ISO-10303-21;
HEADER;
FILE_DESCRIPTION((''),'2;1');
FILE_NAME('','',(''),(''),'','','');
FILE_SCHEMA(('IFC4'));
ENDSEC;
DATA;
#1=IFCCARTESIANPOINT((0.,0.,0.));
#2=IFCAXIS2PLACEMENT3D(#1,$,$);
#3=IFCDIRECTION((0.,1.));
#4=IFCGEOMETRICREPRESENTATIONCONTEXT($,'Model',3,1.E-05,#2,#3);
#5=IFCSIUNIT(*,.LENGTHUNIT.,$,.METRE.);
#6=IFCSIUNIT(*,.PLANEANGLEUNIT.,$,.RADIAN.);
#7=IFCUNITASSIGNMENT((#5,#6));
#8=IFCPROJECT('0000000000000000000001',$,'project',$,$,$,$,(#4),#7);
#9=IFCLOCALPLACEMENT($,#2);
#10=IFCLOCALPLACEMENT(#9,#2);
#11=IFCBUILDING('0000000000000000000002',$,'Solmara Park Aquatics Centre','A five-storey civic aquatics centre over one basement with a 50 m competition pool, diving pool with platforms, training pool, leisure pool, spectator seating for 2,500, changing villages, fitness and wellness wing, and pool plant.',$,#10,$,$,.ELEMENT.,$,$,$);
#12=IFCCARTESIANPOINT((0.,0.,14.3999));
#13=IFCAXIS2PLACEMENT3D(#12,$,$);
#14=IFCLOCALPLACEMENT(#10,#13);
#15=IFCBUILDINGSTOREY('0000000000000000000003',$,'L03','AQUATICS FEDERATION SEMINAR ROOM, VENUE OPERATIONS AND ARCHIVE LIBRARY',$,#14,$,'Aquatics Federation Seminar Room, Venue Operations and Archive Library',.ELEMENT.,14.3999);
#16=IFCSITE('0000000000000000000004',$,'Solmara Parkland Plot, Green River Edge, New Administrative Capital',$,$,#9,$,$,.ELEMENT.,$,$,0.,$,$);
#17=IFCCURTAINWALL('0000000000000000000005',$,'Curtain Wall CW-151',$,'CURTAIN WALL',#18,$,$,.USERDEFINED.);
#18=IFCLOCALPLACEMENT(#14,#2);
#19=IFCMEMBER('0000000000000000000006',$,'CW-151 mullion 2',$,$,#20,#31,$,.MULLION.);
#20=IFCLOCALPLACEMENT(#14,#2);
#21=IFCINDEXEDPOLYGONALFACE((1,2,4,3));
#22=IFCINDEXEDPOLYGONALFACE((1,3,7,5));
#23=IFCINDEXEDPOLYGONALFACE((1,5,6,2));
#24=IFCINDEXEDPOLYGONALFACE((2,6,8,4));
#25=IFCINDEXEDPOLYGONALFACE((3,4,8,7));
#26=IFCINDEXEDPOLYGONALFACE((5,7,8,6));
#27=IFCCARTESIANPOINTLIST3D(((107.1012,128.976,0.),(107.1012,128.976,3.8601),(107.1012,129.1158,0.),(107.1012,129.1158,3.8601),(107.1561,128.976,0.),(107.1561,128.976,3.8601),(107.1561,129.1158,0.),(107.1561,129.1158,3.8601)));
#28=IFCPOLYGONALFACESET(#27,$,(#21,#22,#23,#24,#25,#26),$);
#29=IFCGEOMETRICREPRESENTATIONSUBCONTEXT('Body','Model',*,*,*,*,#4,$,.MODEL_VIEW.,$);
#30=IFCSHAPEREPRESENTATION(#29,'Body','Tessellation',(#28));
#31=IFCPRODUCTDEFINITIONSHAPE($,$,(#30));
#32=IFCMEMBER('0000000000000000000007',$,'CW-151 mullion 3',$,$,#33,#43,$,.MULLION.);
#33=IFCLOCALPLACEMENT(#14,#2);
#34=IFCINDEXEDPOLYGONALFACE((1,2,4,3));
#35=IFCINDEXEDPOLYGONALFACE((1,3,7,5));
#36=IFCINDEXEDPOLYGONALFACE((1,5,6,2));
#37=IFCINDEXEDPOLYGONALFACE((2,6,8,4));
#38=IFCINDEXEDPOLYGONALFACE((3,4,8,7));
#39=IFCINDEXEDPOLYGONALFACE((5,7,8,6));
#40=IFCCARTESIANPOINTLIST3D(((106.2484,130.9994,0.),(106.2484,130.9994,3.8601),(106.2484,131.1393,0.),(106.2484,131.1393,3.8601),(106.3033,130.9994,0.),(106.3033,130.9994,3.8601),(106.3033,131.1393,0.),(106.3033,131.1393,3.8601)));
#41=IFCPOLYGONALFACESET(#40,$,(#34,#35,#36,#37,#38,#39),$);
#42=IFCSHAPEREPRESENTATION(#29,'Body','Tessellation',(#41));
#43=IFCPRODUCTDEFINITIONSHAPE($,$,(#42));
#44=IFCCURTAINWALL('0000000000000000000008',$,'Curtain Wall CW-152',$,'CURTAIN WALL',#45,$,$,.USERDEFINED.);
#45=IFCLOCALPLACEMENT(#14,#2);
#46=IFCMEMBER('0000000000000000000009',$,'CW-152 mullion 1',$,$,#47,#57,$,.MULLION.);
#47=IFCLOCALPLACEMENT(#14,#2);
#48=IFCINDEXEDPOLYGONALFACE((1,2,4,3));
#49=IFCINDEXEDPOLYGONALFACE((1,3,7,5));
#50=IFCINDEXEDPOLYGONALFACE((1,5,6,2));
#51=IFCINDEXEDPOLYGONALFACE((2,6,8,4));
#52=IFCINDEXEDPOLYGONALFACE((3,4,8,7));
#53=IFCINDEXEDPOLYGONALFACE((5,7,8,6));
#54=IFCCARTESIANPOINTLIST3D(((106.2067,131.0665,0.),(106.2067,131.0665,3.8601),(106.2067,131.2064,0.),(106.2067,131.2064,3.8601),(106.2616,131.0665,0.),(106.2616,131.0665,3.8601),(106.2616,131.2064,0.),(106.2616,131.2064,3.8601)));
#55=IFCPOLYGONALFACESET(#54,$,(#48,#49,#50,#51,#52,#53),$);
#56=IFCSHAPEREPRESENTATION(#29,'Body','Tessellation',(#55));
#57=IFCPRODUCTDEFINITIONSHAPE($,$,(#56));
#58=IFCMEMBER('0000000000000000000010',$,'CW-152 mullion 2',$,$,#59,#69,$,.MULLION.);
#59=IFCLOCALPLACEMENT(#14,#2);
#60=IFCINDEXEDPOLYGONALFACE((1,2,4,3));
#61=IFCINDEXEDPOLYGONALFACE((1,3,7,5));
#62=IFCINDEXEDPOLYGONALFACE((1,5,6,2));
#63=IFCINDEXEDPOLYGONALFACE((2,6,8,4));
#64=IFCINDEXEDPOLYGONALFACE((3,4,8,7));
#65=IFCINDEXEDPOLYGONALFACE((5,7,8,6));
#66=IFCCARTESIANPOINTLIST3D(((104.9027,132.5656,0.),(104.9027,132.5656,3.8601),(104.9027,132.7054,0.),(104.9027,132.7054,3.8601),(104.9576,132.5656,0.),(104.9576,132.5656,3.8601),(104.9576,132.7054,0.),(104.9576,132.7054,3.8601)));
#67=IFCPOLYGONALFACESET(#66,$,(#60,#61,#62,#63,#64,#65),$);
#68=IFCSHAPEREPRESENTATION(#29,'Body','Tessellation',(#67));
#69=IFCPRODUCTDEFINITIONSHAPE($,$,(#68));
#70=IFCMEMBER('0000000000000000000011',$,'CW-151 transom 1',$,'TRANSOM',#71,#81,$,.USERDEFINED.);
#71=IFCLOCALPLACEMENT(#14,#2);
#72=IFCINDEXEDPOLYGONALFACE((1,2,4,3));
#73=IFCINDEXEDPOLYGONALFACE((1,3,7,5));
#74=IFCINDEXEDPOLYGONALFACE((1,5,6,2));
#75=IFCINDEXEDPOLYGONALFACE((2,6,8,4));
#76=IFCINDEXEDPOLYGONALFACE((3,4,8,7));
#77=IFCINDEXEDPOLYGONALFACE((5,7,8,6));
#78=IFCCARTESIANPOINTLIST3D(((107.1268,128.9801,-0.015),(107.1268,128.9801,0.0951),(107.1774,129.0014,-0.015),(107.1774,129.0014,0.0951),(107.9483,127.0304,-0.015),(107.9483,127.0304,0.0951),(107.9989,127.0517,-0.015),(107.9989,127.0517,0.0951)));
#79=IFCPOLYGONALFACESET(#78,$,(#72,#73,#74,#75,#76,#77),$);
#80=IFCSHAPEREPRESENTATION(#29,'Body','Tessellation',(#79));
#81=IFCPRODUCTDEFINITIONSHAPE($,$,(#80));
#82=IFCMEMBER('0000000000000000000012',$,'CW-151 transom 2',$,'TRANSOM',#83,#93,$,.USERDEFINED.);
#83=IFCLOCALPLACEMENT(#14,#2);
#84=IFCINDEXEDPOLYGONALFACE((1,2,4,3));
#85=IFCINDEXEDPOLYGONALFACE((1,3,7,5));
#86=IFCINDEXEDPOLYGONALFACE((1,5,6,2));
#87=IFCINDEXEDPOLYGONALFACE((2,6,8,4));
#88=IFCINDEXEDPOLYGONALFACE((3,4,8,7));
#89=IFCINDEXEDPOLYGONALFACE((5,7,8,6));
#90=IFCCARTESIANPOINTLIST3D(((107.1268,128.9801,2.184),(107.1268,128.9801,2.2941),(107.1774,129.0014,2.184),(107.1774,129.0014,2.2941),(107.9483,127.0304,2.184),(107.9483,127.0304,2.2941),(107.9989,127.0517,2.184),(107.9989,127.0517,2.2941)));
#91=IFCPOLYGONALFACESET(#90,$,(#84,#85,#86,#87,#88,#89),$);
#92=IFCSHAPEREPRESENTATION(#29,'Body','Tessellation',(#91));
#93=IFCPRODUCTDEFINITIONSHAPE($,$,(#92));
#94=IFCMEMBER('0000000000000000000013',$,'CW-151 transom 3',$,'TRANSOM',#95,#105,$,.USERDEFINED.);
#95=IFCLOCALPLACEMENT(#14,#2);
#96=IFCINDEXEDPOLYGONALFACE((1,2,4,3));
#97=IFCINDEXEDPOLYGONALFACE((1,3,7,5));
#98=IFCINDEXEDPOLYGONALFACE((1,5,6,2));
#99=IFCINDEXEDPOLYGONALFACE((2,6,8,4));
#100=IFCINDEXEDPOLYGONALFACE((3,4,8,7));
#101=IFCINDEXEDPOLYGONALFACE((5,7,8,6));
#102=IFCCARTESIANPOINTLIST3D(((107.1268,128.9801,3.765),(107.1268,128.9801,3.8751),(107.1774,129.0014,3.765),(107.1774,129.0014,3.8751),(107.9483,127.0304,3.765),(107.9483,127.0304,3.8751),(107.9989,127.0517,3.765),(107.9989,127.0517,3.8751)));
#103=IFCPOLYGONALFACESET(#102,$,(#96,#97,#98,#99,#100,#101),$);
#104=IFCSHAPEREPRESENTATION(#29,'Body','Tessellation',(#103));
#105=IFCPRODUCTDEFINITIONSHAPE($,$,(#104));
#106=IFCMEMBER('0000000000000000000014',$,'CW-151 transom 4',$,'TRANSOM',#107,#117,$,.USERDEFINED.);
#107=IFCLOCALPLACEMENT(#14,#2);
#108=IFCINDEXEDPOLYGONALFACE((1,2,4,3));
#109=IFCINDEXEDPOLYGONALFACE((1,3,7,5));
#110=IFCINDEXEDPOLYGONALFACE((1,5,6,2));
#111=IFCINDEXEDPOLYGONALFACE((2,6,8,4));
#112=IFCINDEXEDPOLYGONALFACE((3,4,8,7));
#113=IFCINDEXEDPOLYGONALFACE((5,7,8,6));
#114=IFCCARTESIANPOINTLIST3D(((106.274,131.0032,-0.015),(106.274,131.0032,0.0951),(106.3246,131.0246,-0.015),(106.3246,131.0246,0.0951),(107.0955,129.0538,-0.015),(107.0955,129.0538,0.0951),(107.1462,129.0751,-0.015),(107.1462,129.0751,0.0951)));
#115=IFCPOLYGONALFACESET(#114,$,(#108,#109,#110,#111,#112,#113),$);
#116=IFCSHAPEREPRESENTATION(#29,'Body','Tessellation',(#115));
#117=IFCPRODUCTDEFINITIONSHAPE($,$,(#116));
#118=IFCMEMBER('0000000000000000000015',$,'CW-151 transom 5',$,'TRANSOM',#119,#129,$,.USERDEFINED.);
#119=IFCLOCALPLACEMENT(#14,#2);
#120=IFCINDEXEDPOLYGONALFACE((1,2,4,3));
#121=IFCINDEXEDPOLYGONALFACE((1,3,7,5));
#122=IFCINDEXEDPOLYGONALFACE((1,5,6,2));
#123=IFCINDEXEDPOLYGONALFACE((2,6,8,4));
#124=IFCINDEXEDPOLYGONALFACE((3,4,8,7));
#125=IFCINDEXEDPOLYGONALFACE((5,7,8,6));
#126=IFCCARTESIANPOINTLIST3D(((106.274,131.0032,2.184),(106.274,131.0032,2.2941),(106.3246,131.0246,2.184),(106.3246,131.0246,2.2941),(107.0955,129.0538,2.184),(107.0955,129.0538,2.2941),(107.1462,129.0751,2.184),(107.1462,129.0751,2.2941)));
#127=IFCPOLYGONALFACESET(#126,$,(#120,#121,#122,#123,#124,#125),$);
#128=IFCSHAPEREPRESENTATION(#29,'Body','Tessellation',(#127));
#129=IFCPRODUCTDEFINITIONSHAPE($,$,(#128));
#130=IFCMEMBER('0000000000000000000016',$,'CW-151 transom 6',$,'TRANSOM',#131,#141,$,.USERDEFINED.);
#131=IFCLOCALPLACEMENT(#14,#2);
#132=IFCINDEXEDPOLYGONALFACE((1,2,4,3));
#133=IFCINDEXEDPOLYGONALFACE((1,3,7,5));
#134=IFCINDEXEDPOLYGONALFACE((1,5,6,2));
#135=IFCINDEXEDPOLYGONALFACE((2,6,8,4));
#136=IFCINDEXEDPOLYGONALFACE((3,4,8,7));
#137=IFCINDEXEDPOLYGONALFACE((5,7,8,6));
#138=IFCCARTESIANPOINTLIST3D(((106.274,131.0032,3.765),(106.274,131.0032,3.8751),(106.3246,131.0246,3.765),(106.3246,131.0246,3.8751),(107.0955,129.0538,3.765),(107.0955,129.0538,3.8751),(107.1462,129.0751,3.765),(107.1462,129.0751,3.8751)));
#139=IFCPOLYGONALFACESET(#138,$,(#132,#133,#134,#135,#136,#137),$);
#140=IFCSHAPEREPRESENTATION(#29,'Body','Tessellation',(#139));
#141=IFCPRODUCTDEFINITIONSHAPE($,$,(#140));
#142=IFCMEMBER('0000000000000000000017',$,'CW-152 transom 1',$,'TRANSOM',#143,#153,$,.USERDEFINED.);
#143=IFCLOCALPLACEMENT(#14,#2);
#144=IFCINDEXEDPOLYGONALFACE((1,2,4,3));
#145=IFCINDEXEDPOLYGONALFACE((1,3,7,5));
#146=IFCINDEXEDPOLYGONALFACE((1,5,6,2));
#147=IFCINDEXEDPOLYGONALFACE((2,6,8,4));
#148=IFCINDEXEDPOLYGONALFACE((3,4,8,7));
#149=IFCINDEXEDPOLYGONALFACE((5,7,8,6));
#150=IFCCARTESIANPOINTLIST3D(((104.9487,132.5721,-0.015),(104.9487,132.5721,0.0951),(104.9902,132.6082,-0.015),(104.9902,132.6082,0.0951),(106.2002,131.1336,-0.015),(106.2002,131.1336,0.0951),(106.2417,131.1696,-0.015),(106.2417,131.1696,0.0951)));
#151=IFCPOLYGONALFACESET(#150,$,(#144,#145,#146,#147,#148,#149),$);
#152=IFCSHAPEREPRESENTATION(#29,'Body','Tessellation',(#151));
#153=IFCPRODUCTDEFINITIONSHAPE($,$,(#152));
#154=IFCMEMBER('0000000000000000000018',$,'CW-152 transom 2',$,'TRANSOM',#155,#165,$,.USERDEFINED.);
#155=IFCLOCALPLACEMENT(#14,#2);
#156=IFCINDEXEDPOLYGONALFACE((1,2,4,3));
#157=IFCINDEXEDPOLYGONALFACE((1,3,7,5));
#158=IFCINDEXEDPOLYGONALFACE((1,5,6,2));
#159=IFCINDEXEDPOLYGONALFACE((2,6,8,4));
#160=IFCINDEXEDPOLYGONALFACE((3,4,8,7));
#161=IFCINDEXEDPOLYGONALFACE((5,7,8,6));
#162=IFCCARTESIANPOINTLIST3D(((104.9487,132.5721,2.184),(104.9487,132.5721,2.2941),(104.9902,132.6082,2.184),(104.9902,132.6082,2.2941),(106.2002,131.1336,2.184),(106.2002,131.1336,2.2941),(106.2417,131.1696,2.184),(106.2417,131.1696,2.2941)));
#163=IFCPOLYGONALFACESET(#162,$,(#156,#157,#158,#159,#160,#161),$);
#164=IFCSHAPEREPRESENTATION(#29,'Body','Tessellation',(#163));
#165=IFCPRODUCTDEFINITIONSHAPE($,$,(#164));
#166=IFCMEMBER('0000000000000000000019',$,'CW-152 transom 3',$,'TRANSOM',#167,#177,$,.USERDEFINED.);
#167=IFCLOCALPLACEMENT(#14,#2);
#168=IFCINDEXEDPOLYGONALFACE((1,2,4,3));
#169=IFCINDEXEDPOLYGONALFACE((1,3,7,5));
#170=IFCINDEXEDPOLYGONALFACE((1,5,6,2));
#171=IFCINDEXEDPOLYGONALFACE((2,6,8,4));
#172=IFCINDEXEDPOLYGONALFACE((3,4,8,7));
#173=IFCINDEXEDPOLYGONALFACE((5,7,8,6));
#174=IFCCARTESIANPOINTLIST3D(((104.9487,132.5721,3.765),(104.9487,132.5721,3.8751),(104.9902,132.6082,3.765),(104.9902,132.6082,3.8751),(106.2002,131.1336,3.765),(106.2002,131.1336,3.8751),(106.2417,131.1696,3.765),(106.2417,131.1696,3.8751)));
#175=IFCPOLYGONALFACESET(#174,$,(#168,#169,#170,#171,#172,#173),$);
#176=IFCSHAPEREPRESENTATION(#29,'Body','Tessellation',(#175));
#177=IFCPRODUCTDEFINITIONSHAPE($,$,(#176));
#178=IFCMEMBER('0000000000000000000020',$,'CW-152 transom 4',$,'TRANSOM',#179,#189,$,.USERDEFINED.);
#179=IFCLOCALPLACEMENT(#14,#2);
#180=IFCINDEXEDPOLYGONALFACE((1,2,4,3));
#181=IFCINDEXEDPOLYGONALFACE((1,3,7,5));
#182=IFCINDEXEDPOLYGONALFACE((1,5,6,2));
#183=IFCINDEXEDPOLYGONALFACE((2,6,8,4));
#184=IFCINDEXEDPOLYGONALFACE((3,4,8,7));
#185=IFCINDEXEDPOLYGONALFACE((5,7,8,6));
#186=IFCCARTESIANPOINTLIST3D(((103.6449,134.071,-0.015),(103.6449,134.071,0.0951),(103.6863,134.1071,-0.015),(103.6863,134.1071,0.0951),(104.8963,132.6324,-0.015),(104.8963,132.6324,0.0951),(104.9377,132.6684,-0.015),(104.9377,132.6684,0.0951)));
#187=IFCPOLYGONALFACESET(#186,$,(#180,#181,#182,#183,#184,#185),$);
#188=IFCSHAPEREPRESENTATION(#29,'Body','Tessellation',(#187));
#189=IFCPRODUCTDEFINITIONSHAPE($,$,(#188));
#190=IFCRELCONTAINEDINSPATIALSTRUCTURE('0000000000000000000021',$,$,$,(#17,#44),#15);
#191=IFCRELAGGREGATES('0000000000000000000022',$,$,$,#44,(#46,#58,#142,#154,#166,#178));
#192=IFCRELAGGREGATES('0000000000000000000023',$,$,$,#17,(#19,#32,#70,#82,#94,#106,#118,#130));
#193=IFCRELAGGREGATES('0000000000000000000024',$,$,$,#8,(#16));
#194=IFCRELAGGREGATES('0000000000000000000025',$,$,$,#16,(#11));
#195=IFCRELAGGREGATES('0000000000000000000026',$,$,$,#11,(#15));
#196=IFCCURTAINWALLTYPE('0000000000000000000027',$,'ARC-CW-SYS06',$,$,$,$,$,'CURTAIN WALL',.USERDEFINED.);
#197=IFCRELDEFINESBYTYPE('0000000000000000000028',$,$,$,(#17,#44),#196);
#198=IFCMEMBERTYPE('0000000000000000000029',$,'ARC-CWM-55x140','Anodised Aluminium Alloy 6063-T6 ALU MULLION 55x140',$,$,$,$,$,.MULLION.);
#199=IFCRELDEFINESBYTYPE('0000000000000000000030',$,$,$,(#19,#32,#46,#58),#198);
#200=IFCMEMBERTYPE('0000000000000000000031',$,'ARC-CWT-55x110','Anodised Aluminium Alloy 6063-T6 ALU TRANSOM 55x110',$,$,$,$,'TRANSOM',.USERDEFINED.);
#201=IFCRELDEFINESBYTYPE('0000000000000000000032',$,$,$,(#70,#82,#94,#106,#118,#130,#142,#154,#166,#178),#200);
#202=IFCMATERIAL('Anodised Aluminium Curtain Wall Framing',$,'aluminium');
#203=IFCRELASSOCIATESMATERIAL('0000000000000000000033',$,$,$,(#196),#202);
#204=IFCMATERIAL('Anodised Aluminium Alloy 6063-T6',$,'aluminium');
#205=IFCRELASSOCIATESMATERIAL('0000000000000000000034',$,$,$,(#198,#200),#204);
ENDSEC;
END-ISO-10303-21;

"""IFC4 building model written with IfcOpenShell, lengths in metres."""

from ifc_helpers import new_model, si_unit, direction, frame, origin, origin_2d, place, context, subcontext, project, spatial, rectangle, extrude, material, material_profile, profile_set, type_object, element, aggregate, save


model = new_model("IFC4")

# Units and contexts
model_context = context("Model", 3, precision=1e-05, world=origin(), true_north=direction((0.0, 1.0)))
body_context = subcontext(model_context, "Body", "Model", "MODEL_VIEW")
ifc_project = project(units=[si_unit("LENGTHUNIT", "METRE"), si_unit("PLANEANGLEUNIT", "RADIAN")], contexts=[model_context])

# Site, building, storey
site_placement = place(None, origin())
site = spatial("IfcSite", under=ifc_project, at=site_placement, Name="Solmara Parkland Plot, Green River Edge, New Administrative Capital", CompositionType="ELEMENT", RefElevation=0.0)
building_placement = place(site_placement, origin())
building = spatial("IfcBuilding", under=site, at=building_placement, Name="Solmara Park Aquatics Centre", Description="A five-storey civic aquatics centre over one basement with a 50 m competition pool, diving pool with platforms, training pool, leisure pool, spectator seating for 2,500, changing villages, fitness and wellness wing, and pool plant.", CompositionType="ELEMENT")
storey_placement = place(building_placement, frame((0.0, 0.0, 14.3999)))
storey = spatial("IfcBuildingStorey", under=building, at=storey_placement, Name="L03", Description="AQUATICS FEDERATION SEMINAR ROOM, VENUE OPERATIONS AND ARCHIVE LIBRARY", LongName="Aquatics Federation Seminar Room, Venue Operations and Archive Library", CompositionType="ELEMENT", Elevation=14.3999)

# Curtain walls, members
ifc_material_1 = material(Name="Anodised Aluminium Curtain Wall Framing", Category="aluminium")
curtain_wall_type = type_object("IfcCurtainWallType", Name="ARC-CW-SYS06", ElementType="CURTAIN WALL", PredefinedType="USERDEFINED", material=ifc_material_1)
curtain_wall_1_placement = place(storey_placement, origin())
curtain_wall_1 = element("IfcCurtainWall", 1, at=curtain_wall_1_placement, inside=storey, type_object=curtain_wall_type, Name="Curtain Wall CW-151", ObjectType="CURTAIN WALL", PredefinedType="USERDEFINED")
ifc_material_2 = material(Name="Anodised Aluminium Alloy 6063-T6", Category="aluminium")
ifc_material_profile_1 = material_profile(ifc_material_2, rectangle(XDim=0.0549, YDim=0.1399, at=origin_2d()), Name="ALU MULLION 55x140")
ifc_profile_set_1 = profile_set([ifc_material_profile_1], Name="Anodised Aluminium Alloy 6063-T6")
member_type_1 = type_object("IfcMemberType", Name="ARC-CWM-55x140", Description="Anodised Aluminium Alloy 6063-T6 ALU MULLION 55x140", PredefinedType="MULLION", material=ifc_profile_set_1)
member_1_placement = place(storey_placement, frame((107.1287, 129.0459, 0.0), z_axis=(0.0, 0.0, 1.0), x_axis=(1.0, 0.0, 0.0)))
member_1 = element("IfcMember", 2, at=member_1_placement, type_object=member_type_1, Name="CW-151 mullion 2", PredefinedType="MULLION", context=body_context, shape_type="SweptSolid", body=[
    extrude(rectangle(XDim=0.0549, YDim=0.1399, at=origin_2d()), origin(), (0.0, 0.0, 1.0), 3.8601),
])
member_2_placement = place(storey_placement, frame((106.2759, 131.0693, 0.0), z_axis=(0.0, 0.0, 1.0), x_axis=(1.0, 0.0, 0.0)))
member_2 = element("IfcMember", 3, at=member_2_placement, type_object=member_type_1, Name="CW-151 mullion 3", PredefinedType="MULLION", context=body_context, shape_type="SweptSolid", body=[
    extrude(rectangle(XDim=0.0549, YDim=0.1399, at=origin_2d()), origin(), (0.0, 0.0, 1.0), 3.8601),
])
curtain_wall_2_placement = place(storey_placement, origin())
curtain_wall_2 = element("IfcCurtainWall", 4, at=curtain_wall_2_placement, inside=storey, type_object=curtain_wall_type, Name="Curtain Wall CW-152", ObjectType="CURTAIN WALL", PredefinedType="USERDEFINED")
member_3_placement = place(storey_placement, frame((106.2341, 131.1365, 0.0), z_axis=(0.0, 0.0, 1.0), x_axis=(1.0, 0.0, 0.0)))
member_3 = element("IfcMember", 5, at=member_3_placement, type_object=member_type_1, Name="CW-152 mullion 1", PredefinedType="MULLION", context=body_context, shape_type="SweptSolid", body=[
    extrude(rectangle(XDim=0.0549, YDim=0.1399, at=origin_2d()), origin(), (0.0, 0.0, 1.0), 3.8601),
])
member_4_placement = place(storey_placement, frame((104.9302, 132.6355, 0.0), z_axis=(0.0, 0.0, 1.0), x_axis=(1.0, 0.0, 0.0)))
member_4 = element("IfcMember", 6, at=member_4_placement, type_object=member_type_1, Name="CW-152 mullion 2", PredefinedType="MULLION", context=body_context, shape_type="SweptSolid", body=[
    extrude(rectangle(XDim=0.0549, YDim=0.1399, at=origin_2d()), origin(), (0.0, 0.0, 1.0), 3.8601),
])

# Members
ifc_material_profile_2 = material_profile(ifc_material_2, rectangle(XDim=0.0549, YDim=0.1101, at=origin_2d()), Name="ALU TRANSOM 55x110")
ifc_profile_set_2 = profile_set([ifc_material_profile_2], Name="Anodised Aluminium Alloy 6063-T6")
member_type_2 = type_object("IfcMemberType", Name="ARC-CWT-55x110", Description="Anodised Aluminium Alloy 6063-T6 ALU TRANSOM 55x110", ElementType="TRANSOM", PredefinedType="USERDEFINED", material=ifc_profile_set_2)
member_5_placement = place(storey_placement, frame((107.9736, 127.041, 0.04), z_axis=(-0.388299, 0.921533, 0.0), x_axis=(-0.921533, -0.388299, 0.0)))
member_5 = element("IfcMember", 7, at=member_5_placement, type_object=member_type_2, Name="CW-151 transom 1", ObjectType="TRANSOM", PredefinedType="USERDEFINED", context=body_context, shape_type="SweptSolid", body=[
    extrude(rectangle(XDim=0.0549, YDim=0.1101, at=origin_2d()), origin(), (0.0, 0.0, 1.0), 2.1157),
])
member_6_placement = place(storey_placement, frame((107.9736, 127.041, 2.239), z_axis=(-0.388299, 0.921533, 0.0), x_axis=(-0.921533, -0.388299, 0.0)))
member_6 = element("IfcMember", 8, at=member_6_placement, type_object=member_type_2, Name="CW-151 transom 2", ObjectType="TRANSOM", PredefinedType="USERDEFINED", context=body_context, shape_type="SweptSolid", body=[
    extrude(rectangle(XDim=0.0549, YDim=0.1101, at=origin_2d()), origin(), (0.0, 0.0, 1.0), 2.1157),
])
member_7_placement = place(storey_placement, frame((107.9736, 127.041, 3.8201), z_axis=(-0.388299, 0.921533, 0.0), x_axis=(-0.921533, -0.388299, 0.0)))
member_7 = element("IfcMember", 9, at=member_7_placement, type_object=member_type_2, Name="CW-151 transom 3", ObjectType="TRANSOM", PredefinedType="USERDEFINED", context=body_context, shape_type="SweptSolid", body=[
    extrude(rectangle(XDim=0.0549, YDim=0.1101, at=origin_2d()), origin(), (0.0, 0.0, 1.0), 2.1157),
])
member_8_placement = place(storey_placement, frame((107.1208, 129.0645, 0.04), z_axis=(-0.388341, 0.921516, 0.0), x_axis=(-0.921516, -0.388341, 0.0)))
member_8 = element("IfcMember", 10, at=member_8_placement, type_object=member_type_2, Name="CW-151 transom 4", ObjectType="TRANSOM", PredefinedType="USERDEFINED", context=body_context, shape_type="SweptSolid", body=[
    extrude(rectangle(XDim=0.0549, YDim=0.1101, at=origin_2d()), origin(), (0.0, 0.0, 1.0), 2.1155),
])
member_9_placement = place(storey_placement, frame((107.1208, 129.0645, 2.239), z_axis=(-0.388341, 0.921516, 0.0), x_axis=(-0.921516, -0.388341, 0.0)))
member_9 = element("IfcMember", 11, at=member_9_placement, type_object=member_type_2, Name="CW-151 transom 5", ObjectType="TRANSOM", PredefinedType="USERDEFINED", context=body_context, shape_type="SweptSolid", body=[
    extrude(rectangle(XDim=0.0549, YDim=0.1101, at=origin_2d()), origin(), (0.0, 0.0, 1.0), 2.1155),
])
member_10_placement = place(storey_placement, frame((107.1208, 129.0645, 3.8201), z_axis=(-0.388341, 0.921516, 0.0), x_axis=(-0.921516, -0.388341, 0.0)))
member_10 = element("IfcMember", 12, at=member_10_placement, type_object=member_type_2, Name="CW-151 transom 6", ObjectType="TRANSOM", PredefinedType="USERDEFINED", context=body_context, shape_type="SweptSolid", body=[
    extrude(rectangle(XDim=0.0549, YDim=0.1101, at=origin_2d()), origin(), (0.0, 0.0, 1.0), 2.1155),
])
member_11_placement = place(storey_placement, frame((106.2209, 131.1516, 0.04), z_axis=(-0.656363, 0.754446, 0.0), x_axis=(-0.754446, -0.656363, 0.0)))
member_11 = element("IfcMember", 13, at=member_11_placement, type_object=member_type_2, Name="CW-152 transom 1", ObjectType="TRANSOM", PredefinedType="USERDEFINED", context=body_context, shape_type="SweptSolid", body=[
    extrude(rectangle(XDim=0.0549, YDim=0.1101, at=origin_2d()), origin(), (0.0, 0.0, 1.0), 1.9067),
])
member_12_placement = place(storey_placement, frame((106.2209, 131.1516, 2.239), z_axis=(-0.656363, 0.754446, 0.0), x_axis=(-0.754446, -0.656363, 0.0)))
member_12 = element("IfcMember", 14, at=member_12_placement, type_object=member_type_2, Name="CW-152 transom 2", ObjectType="TRANSOM", PredefinedType="USERDEFINED", context=body_context, shape_type="SweptSolid", body=[
    extrude(rectangle(XDim=0.0549, YDim=0.1101, at=origin_2d()), origin(), (0.0, 0.0, 1.0), 1.9067),
])
member_13_placement = place(storey_placement, frame((106.2209, 131.1516, 3.8201), z_axis=(-0.656363, 0.754446, 0.0), x_axis=(-0.754446, -0.656363, 0.0)))
member_13 = element("IfcMember", 15, at=member_13_placement, type_object=member_type_2, Name="CW-152 transom 3", ObjectType="TRANSOM", PredefinedType="USERDEFINED", context=body_context, shape_type="SweptSolid", body=[
    extrude(rectangle(XDim=0.0549, YDim=0.1101, at=origin_2d()), origin(), (0.0, 0.0, 1.0), 1.9067),
])
member_14_placement = place(storey_placement, frame((104.917, 132.6504, 0.04), z_axis=(-0.656299, 0.754501, 0.0), x_axis=(-0.754501, -0.656299, 0.0)))
member_14 = element("IfcMember", 16, at=member_14_placement, type_object=member_type_2, Name="CW-152 transom 4", ObjectType="TRANSOM", PredefinedType="USERDEFINED", context=body_context, shape_type="SweptSolid", body=[
    extrude(rectangle(XDim=0.0549, YDim=0.1101, at=origin_2d()), origin(), (0.0, 0.0, 1.0), 1.9067),
])

aggregate(curtain_wall_2, [member_3, member_4, member_11, member_12, member_13, member_14])
aggregate(curtain_wall_1, [member_1, member_2, member_5, member_6, member_7, member_8, member_9, member_10])

save(model, "model.ifc")
